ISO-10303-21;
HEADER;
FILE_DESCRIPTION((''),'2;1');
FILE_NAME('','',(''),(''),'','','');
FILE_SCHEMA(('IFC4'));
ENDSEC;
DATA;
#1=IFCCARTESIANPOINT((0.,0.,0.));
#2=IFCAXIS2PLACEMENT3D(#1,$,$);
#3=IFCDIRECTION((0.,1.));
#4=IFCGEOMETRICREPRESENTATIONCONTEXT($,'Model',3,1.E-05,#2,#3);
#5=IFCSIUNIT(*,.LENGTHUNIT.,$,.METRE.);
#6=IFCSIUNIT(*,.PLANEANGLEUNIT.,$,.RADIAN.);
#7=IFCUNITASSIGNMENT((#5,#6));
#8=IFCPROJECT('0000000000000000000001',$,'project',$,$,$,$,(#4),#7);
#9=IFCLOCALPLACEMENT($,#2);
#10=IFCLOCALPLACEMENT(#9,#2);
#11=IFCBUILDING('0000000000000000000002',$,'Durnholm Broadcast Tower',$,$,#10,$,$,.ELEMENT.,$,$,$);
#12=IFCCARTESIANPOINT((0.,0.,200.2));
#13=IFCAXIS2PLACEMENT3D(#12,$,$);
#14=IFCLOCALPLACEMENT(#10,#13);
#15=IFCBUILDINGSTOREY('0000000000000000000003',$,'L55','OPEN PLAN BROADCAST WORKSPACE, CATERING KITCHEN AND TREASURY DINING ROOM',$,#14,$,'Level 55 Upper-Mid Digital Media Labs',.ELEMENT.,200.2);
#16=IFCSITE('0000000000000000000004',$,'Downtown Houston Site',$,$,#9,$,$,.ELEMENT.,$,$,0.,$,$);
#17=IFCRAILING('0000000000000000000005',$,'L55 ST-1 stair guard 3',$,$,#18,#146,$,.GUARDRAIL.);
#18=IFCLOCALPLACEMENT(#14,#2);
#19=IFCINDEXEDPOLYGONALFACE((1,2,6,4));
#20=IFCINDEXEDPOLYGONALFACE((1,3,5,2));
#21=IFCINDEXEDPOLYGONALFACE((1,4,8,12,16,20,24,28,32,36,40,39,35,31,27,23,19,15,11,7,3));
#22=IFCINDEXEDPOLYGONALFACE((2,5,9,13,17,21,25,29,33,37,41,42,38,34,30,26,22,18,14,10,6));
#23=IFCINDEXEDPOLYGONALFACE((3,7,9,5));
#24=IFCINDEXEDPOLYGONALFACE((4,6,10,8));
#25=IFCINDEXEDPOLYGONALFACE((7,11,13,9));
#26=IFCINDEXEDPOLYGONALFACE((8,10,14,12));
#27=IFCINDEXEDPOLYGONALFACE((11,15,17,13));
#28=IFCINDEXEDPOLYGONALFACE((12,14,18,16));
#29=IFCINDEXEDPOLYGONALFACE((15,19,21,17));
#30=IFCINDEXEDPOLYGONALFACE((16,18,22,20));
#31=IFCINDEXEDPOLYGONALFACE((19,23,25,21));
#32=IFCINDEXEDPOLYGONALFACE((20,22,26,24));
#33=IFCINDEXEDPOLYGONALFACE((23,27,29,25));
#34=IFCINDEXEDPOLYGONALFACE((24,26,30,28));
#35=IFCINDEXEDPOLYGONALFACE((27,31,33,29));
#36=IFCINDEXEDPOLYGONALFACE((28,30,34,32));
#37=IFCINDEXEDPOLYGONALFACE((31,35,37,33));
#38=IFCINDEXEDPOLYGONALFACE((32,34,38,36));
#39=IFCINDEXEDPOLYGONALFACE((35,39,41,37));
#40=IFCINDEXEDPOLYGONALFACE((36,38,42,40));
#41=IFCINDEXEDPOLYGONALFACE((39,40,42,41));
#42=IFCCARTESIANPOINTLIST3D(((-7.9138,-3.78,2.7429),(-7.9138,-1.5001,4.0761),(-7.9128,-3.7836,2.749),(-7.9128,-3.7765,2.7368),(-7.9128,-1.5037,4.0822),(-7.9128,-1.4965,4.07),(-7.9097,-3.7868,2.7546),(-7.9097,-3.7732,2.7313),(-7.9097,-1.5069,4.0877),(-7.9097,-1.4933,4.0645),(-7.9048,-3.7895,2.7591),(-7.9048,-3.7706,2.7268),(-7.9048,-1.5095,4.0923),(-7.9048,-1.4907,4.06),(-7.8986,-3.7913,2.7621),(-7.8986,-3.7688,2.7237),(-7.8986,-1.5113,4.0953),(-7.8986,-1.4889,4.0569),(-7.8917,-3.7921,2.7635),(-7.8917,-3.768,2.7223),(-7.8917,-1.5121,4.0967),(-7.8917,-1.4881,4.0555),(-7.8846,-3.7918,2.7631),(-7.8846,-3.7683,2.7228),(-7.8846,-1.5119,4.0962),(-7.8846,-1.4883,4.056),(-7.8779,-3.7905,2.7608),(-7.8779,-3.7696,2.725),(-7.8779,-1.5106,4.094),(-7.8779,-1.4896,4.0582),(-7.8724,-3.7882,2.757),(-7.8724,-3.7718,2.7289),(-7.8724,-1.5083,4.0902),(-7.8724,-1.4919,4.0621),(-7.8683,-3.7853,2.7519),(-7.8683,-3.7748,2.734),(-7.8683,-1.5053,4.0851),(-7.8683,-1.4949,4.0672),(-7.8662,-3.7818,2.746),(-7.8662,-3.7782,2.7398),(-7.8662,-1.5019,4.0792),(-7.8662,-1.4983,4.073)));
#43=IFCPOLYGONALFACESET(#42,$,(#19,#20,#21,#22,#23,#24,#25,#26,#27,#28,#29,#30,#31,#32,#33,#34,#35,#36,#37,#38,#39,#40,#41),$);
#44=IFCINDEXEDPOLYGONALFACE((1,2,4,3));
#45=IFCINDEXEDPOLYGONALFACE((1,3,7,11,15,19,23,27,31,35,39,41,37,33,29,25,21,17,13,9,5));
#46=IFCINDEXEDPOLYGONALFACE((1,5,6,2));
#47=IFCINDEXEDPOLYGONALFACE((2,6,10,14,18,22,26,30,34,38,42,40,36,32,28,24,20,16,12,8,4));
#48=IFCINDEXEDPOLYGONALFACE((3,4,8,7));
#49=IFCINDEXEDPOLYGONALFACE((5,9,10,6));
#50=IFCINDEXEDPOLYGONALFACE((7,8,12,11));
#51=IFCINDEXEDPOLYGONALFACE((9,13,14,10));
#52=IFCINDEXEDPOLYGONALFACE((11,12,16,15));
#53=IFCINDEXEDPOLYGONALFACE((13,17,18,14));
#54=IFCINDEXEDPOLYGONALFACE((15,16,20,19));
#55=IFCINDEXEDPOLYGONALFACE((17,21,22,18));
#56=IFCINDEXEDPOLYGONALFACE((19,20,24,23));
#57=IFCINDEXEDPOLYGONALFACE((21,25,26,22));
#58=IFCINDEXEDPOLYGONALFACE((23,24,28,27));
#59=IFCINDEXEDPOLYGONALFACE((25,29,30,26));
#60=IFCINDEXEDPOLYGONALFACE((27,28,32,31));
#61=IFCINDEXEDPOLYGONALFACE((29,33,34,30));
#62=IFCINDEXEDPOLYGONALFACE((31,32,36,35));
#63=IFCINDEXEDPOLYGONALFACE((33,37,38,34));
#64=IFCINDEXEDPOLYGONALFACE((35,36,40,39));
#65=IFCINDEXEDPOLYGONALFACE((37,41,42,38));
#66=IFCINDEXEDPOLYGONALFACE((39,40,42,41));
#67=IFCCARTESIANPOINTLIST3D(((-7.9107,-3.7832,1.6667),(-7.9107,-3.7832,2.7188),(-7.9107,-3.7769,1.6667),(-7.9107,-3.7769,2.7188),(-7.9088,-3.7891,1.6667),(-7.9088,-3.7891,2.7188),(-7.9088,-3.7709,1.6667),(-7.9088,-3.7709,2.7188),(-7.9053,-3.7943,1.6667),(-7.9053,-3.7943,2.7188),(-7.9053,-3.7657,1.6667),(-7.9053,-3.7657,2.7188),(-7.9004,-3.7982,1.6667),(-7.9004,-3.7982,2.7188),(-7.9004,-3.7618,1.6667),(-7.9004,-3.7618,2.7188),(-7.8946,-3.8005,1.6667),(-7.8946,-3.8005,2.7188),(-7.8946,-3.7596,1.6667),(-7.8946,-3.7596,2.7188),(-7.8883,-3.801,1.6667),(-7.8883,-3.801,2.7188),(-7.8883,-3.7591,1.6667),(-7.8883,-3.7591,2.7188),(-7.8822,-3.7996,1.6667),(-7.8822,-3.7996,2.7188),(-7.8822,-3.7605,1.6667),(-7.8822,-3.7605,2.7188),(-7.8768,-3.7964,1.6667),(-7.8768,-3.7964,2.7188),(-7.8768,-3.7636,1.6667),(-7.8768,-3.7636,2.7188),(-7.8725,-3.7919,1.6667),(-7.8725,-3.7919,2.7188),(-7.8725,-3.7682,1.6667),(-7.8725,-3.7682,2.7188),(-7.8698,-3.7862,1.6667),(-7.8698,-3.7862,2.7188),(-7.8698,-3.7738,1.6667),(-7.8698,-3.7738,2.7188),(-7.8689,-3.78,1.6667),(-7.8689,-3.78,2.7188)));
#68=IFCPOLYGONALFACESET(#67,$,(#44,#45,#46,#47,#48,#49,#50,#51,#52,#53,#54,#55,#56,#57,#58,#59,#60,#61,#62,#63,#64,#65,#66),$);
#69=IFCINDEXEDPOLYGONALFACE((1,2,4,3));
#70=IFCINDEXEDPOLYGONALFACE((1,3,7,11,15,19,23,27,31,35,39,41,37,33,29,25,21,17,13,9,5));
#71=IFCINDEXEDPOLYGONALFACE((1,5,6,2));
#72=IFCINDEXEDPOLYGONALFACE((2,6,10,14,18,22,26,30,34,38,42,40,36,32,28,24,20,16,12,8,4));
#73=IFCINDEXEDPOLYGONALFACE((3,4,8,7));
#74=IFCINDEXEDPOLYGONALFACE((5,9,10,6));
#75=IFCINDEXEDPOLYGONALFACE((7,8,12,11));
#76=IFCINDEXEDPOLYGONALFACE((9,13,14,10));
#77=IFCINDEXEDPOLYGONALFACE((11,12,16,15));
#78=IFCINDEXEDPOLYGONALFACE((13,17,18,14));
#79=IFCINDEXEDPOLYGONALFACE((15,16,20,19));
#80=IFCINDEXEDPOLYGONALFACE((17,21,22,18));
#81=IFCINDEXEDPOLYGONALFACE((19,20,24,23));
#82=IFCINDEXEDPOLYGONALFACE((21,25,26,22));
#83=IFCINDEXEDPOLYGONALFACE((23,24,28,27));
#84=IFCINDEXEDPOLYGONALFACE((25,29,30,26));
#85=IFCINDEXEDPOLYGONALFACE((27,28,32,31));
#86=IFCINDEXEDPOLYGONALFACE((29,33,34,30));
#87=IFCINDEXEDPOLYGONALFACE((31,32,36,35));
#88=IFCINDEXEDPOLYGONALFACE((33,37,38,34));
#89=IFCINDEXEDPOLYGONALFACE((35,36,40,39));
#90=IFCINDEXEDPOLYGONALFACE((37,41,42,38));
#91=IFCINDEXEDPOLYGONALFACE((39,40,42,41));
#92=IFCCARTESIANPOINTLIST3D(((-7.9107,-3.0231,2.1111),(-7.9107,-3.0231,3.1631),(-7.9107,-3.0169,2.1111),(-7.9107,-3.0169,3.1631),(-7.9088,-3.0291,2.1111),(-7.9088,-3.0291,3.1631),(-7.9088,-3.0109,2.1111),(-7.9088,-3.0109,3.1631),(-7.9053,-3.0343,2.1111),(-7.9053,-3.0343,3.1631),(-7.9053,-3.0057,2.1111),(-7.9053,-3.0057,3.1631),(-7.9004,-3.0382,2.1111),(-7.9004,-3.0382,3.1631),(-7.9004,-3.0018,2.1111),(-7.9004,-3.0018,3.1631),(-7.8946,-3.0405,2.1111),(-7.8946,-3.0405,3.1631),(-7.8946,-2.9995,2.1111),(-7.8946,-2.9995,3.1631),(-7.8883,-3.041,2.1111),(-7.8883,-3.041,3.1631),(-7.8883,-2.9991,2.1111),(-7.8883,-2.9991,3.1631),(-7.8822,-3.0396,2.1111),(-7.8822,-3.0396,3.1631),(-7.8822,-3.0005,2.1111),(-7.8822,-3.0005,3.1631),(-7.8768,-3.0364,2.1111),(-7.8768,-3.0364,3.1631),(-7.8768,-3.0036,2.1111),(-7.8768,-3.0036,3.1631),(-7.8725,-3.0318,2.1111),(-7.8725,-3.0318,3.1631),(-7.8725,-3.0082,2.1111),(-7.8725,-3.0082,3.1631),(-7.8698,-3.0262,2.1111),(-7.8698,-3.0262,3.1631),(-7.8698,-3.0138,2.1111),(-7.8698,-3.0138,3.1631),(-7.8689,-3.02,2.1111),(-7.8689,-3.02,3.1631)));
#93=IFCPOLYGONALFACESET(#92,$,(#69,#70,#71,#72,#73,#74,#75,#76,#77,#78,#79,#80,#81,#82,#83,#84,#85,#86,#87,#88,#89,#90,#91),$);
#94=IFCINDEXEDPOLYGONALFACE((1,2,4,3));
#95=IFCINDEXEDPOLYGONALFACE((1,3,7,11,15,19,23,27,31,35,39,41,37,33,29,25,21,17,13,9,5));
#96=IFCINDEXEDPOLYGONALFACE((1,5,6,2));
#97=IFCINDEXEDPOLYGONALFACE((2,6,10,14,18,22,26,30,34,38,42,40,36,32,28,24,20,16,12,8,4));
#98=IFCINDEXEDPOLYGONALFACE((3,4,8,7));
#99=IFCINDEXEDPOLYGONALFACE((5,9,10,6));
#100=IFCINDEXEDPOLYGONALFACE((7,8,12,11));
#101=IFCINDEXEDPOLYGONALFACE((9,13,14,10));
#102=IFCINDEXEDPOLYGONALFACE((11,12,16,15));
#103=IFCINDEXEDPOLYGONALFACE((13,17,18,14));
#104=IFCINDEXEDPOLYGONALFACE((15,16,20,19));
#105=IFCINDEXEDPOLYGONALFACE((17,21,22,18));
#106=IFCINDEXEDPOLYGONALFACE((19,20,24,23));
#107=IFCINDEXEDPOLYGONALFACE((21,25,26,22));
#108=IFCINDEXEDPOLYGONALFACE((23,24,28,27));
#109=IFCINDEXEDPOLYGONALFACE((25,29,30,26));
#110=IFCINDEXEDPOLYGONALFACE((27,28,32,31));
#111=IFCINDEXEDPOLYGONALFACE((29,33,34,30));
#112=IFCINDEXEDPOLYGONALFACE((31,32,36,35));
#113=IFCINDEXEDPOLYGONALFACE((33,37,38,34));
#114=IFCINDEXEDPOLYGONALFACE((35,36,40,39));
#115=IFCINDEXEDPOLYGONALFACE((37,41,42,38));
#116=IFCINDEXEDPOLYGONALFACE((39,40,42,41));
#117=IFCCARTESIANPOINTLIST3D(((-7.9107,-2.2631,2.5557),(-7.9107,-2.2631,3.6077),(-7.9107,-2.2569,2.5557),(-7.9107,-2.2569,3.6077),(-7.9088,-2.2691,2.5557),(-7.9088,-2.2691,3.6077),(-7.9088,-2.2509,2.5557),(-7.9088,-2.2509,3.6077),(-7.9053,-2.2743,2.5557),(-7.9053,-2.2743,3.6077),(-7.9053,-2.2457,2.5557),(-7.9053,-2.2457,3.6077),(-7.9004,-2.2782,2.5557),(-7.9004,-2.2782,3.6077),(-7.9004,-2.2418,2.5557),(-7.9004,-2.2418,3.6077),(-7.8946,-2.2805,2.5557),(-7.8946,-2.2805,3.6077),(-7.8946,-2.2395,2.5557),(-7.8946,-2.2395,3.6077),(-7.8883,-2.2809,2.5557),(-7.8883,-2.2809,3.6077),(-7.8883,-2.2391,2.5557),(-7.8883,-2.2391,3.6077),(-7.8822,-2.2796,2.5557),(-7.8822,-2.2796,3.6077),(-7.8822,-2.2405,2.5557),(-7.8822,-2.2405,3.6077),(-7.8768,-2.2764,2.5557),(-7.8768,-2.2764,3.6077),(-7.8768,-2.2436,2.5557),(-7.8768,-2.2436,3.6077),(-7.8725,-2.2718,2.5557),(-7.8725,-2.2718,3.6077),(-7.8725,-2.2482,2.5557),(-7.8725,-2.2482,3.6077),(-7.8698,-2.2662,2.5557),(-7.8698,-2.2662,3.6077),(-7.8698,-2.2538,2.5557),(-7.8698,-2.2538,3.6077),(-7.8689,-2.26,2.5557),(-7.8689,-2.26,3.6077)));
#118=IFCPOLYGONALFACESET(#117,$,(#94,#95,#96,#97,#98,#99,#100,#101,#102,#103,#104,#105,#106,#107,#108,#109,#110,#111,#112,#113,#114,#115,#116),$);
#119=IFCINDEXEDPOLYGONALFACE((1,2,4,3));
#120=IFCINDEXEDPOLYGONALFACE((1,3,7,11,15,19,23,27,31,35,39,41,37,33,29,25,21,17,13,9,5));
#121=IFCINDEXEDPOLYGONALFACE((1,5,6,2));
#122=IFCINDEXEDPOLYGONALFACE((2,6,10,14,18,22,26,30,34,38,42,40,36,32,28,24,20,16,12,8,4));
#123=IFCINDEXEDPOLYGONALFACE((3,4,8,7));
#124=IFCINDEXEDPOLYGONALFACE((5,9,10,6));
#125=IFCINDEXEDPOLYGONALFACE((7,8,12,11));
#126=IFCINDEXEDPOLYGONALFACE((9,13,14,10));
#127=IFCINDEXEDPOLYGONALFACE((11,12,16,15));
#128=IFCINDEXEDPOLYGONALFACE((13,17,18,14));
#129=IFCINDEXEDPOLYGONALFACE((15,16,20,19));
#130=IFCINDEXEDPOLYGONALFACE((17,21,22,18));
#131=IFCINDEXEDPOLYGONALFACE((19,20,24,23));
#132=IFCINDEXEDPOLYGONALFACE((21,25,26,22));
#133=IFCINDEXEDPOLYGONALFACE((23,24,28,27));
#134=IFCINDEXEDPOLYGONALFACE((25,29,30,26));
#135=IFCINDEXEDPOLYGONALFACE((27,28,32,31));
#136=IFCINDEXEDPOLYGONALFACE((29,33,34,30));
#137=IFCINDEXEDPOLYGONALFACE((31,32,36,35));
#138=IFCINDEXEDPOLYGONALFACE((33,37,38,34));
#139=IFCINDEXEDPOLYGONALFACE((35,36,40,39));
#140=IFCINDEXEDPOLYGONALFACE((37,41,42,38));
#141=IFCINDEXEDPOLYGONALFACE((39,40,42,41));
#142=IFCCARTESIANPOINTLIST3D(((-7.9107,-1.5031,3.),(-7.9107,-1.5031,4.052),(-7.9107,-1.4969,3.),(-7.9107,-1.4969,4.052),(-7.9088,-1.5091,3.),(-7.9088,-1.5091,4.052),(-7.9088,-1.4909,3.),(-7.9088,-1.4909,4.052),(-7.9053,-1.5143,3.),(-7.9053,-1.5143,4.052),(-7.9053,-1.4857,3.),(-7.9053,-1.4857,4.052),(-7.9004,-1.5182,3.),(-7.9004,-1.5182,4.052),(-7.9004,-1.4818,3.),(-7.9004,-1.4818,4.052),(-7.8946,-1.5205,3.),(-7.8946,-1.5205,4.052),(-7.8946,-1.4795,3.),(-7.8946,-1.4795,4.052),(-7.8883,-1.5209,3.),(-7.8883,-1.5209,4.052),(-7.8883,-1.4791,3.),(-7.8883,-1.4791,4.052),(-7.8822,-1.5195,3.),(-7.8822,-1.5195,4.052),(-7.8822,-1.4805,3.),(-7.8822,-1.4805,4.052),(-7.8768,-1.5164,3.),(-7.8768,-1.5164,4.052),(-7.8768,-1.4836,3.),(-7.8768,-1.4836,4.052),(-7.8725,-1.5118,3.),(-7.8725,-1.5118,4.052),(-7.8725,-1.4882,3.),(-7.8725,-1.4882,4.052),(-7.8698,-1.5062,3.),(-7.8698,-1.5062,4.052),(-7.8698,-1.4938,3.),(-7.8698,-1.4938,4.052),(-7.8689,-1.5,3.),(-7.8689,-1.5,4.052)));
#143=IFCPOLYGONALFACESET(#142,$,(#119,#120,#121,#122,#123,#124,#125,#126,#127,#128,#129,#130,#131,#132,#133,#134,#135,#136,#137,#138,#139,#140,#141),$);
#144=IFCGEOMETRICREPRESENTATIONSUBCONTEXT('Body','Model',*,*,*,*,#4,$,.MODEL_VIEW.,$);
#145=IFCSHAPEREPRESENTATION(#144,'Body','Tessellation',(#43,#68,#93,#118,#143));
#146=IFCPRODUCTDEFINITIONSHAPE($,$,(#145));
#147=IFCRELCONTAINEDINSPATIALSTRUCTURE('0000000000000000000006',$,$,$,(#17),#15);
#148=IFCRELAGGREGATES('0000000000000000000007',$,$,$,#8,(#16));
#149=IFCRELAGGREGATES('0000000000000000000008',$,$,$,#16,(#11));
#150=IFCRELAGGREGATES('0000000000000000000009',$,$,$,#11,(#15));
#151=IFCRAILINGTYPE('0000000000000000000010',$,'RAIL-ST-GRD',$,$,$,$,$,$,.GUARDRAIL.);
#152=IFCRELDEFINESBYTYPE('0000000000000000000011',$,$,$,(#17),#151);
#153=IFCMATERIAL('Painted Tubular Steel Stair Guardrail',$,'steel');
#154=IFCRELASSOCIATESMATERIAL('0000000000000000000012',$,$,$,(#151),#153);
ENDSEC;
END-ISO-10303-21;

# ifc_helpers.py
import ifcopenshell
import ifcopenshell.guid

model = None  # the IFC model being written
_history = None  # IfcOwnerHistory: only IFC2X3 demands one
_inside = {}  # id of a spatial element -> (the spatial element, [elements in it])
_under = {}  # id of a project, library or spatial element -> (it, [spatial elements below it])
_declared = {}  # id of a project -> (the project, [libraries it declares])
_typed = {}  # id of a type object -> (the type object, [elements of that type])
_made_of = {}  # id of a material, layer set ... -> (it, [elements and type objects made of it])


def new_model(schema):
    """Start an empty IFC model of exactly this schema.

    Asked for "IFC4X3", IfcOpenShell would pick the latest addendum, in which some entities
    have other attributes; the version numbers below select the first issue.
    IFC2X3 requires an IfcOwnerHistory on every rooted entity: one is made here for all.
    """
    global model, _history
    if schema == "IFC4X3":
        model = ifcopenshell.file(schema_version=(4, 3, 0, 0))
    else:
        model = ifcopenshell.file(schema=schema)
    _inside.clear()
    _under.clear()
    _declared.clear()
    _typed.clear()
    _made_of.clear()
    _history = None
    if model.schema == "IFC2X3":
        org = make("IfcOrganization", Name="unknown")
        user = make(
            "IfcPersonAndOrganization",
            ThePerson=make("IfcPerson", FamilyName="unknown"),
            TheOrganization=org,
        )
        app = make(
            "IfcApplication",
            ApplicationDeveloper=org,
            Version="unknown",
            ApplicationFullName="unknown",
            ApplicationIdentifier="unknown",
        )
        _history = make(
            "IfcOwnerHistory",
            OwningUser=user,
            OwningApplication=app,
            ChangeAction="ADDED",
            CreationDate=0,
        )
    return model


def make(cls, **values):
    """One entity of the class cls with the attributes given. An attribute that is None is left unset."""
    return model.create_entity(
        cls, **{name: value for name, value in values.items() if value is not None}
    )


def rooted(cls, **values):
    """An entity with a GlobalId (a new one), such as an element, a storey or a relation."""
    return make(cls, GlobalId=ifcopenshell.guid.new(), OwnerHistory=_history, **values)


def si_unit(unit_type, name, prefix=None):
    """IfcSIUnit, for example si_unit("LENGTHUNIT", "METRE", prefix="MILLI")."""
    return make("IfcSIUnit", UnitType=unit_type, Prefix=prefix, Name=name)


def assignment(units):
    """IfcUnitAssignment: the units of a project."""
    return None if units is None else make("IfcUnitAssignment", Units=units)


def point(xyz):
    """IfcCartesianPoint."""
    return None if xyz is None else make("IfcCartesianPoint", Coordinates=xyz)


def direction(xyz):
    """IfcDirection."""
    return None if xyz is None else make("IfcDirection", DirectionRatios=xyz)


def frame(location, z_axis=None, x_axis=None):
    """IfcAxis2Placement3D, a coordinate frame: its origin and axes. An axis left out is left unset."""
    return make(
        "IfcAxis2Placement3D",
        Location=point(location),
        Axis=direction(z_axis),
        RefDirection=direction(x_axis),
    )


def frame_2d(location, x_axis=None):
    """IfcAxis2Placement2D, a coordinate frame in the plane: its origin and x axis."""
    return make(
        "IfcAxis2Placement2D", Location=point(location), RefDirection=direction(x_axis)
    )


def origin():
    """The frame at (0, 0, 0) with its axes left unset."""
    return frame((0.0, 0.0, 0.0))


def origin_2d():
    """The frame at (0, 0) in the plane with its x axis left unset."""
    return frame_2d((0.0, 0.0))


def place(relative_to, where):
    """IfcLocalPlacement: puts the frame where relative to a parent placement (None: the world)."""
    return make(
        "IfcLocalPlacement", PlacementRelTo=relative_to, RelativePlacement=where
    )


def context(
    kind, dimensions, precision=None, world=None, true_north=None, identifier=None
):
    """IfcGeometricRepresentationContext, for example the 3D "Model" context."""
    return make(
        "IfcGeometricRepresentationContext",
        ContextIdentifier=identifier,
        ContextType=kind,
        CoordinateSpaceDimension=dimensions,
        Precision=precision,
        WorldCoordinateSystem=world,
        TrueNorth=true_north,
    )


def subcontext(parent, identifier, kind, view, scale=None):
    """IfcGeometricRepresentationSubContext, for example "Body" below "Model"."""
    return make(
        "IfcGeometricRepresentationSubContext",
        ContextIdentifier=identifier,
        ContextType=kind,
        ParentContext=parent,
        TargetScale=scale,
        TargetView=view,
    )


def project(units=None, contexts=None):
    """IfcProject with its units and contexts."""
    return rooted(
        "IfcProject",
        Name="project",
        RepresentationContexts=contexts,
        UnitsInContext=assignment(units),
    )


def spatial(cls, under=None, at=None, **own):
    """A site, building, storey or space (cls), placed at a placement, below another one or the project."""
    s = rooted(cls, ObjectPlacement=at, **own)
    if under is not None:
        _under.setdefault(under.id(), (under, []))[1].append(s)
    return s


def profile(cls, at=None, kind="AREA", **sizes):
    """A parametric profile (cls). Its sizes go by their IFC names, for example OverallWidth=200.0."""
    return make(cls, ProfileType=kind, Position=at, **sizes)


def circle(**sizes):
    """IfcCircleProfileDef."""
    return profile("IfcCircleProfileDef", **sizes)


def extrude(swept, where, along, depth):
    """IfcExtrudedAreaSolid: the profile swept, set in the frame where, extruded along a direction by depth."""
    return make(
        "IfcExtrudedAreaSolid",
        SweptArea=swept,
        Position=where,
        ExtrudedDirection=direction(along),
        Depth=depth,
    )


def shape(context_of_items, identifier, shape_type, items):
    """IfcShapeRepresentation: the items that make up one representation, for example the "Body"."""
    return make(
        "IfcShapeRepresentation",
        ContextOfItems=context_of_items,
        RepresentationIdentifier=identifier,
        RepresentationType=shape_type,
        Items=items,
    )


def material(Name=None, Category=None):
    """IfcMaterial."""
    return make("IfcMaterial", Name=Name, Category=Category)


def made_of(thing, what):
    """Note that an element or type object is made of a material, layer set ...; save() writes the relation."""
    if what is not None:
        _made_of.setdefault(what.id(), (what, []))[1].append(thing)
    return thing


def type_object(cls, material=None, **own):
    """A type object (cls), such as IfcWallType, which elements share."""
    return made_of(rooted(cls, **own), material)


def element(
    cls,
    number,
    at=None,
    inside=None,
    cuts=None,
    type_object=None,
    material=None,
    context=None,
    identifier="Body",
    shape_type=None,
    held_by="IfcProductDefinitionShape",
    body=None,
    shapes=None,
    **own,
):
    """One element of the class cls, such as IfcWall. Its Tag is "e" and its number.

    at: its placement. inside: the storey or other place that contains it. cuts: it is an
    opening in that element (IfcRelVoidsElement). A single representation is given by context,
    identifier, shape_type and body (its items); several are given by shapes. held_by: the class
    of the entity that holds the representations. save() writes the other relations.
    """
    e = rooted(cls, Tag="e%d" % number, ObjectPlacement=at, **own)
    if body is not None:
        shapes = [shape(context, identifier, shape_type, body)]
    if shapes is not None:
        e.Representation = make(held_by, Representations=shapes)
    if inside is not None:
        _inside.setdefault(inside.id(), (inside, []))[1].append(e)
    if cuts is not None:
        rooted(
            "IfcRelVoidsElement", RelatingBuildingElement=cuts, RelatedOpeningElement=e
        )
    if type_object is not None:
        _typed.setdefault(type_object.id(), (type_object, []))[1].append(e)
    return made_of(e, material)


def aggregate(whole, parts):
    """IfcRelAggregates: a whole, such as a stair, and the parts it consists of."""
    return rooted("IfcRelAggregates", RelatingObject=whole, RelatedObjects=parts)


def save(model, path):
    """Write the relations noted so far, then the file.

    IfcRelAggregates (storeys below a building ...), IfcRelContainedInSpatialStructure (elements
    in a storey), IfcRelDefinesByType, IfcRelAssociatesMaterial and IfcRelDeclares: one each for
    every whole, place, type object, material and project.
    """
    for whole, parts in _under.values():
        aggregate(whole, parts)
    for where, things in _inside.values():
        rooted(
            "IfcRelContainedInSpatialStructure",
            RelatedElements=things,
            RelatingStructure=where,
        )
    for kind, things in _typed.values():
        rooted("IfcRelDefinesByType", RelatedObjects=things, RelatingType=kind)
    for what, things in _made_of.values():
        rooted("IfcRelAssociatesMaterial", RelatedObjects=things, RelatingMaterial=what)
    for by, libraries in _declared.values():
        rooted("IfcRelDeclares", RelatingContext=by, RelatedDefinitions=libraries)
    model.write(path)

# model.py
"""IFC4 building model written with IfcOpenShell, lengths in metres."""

from ifc_helpers import new_model, si_unit, direction, frame, origin, origin_2d, place, context, subcontext, project, spatial, circle, extrude, material, type_object, element, save


model = new_model("IFC4")

# Units and contexts
model_context = context("Model", 3, precision=1e-05, world=origin(), true_north=direction((0.0, 1.0)))
body_context = subcontext(model_context, "Body", "Model", "MODEL_VIEW")
ifc_project = project(units=[si_unit("LENGTHUNIT", "METRE"), si_unit("PLANEANGLEUNIT", "RADIAN")], contexts=[model_context])

# Site, building, storey
site_placement = place(None, origin())
site = spatial("IfcSite", under=ifc_project, at=site_placement, Name="Downtown Houston Site", CompositionType="ELEMENT", RefElevation=0.0)
building_placement = place(site_placement, origin())
building = spatial("IfcBuilding", under=site, at=building_placement, Name="Durnholm Broadcast Tower", CompositionType="ELEMENT")
storey_placement = place(building_placement, frame((0.0, 0.0, 200.2)))
storey = spatial("IfcBuildingStorey", under=building, at=storey_placement, Name="L55", Description="OPEN PLAN BROADCAST WORKSPACE, CATERING KITCHEN AND TREASURY DINING ROOM", LongName="Level 55 Upper-Mid Digital Media Labs", CompositionType="ELEMENT", Elevation=200.2)

# Railing
ifc_material_1 = material(Name="Painted Tubular Steel Stair Guardrail", Category="steel")
railing_type_1 = type_object("IfcRailingType", Name="RAIL-ST-GRD", PredefinedType="GUARDRAIL", material=ifc_material_1)
railing_1_placement = place(storey_placement, frame((-7.8899, -3.78, 1.6667)))
element("IfcRailing", 1, at=railing_1_placement, inside=storey, type_object=railing_type_1, Name="L55 ST-1 stair guard 3", PredefinedType="GUARDRAIL", context=body_context, shape_type="SweptSolid", body=[
    extrude(circle(Radius=0.0239, at=origin_2d()), frame((0.0, 0.0, 1.0762), z_axis=(0.0, 0.863245, 0.504785), x_axis=(-1.0, 0.0, 0.0)), (0.0, 0.0, 1.0), 2.6411),
    extrude(circle(Radius=0.021, at=origin_2d()), origin(), (0.0, 0.0, 1.0), 1.052),
    extrude(circle(Radius=0.021, at=origin_2d()), frame((0.0, 0.76, 0.4443)), (0.0, 0.0, 1.0), 1.052),
    extrude(circle(Radius=0.021, at=origin_2d()), frame((0.0, 1.52, 0.8889)), (0.0, 0.0, 1.0), 1.052),
    extrude(circle(Radius=0.021, at=origin_2d()), frame((0.0, 2.28, 1.3333)), (0.0, 0.0, 1.0), 1.052),
])

save(model, "model.ifc")
